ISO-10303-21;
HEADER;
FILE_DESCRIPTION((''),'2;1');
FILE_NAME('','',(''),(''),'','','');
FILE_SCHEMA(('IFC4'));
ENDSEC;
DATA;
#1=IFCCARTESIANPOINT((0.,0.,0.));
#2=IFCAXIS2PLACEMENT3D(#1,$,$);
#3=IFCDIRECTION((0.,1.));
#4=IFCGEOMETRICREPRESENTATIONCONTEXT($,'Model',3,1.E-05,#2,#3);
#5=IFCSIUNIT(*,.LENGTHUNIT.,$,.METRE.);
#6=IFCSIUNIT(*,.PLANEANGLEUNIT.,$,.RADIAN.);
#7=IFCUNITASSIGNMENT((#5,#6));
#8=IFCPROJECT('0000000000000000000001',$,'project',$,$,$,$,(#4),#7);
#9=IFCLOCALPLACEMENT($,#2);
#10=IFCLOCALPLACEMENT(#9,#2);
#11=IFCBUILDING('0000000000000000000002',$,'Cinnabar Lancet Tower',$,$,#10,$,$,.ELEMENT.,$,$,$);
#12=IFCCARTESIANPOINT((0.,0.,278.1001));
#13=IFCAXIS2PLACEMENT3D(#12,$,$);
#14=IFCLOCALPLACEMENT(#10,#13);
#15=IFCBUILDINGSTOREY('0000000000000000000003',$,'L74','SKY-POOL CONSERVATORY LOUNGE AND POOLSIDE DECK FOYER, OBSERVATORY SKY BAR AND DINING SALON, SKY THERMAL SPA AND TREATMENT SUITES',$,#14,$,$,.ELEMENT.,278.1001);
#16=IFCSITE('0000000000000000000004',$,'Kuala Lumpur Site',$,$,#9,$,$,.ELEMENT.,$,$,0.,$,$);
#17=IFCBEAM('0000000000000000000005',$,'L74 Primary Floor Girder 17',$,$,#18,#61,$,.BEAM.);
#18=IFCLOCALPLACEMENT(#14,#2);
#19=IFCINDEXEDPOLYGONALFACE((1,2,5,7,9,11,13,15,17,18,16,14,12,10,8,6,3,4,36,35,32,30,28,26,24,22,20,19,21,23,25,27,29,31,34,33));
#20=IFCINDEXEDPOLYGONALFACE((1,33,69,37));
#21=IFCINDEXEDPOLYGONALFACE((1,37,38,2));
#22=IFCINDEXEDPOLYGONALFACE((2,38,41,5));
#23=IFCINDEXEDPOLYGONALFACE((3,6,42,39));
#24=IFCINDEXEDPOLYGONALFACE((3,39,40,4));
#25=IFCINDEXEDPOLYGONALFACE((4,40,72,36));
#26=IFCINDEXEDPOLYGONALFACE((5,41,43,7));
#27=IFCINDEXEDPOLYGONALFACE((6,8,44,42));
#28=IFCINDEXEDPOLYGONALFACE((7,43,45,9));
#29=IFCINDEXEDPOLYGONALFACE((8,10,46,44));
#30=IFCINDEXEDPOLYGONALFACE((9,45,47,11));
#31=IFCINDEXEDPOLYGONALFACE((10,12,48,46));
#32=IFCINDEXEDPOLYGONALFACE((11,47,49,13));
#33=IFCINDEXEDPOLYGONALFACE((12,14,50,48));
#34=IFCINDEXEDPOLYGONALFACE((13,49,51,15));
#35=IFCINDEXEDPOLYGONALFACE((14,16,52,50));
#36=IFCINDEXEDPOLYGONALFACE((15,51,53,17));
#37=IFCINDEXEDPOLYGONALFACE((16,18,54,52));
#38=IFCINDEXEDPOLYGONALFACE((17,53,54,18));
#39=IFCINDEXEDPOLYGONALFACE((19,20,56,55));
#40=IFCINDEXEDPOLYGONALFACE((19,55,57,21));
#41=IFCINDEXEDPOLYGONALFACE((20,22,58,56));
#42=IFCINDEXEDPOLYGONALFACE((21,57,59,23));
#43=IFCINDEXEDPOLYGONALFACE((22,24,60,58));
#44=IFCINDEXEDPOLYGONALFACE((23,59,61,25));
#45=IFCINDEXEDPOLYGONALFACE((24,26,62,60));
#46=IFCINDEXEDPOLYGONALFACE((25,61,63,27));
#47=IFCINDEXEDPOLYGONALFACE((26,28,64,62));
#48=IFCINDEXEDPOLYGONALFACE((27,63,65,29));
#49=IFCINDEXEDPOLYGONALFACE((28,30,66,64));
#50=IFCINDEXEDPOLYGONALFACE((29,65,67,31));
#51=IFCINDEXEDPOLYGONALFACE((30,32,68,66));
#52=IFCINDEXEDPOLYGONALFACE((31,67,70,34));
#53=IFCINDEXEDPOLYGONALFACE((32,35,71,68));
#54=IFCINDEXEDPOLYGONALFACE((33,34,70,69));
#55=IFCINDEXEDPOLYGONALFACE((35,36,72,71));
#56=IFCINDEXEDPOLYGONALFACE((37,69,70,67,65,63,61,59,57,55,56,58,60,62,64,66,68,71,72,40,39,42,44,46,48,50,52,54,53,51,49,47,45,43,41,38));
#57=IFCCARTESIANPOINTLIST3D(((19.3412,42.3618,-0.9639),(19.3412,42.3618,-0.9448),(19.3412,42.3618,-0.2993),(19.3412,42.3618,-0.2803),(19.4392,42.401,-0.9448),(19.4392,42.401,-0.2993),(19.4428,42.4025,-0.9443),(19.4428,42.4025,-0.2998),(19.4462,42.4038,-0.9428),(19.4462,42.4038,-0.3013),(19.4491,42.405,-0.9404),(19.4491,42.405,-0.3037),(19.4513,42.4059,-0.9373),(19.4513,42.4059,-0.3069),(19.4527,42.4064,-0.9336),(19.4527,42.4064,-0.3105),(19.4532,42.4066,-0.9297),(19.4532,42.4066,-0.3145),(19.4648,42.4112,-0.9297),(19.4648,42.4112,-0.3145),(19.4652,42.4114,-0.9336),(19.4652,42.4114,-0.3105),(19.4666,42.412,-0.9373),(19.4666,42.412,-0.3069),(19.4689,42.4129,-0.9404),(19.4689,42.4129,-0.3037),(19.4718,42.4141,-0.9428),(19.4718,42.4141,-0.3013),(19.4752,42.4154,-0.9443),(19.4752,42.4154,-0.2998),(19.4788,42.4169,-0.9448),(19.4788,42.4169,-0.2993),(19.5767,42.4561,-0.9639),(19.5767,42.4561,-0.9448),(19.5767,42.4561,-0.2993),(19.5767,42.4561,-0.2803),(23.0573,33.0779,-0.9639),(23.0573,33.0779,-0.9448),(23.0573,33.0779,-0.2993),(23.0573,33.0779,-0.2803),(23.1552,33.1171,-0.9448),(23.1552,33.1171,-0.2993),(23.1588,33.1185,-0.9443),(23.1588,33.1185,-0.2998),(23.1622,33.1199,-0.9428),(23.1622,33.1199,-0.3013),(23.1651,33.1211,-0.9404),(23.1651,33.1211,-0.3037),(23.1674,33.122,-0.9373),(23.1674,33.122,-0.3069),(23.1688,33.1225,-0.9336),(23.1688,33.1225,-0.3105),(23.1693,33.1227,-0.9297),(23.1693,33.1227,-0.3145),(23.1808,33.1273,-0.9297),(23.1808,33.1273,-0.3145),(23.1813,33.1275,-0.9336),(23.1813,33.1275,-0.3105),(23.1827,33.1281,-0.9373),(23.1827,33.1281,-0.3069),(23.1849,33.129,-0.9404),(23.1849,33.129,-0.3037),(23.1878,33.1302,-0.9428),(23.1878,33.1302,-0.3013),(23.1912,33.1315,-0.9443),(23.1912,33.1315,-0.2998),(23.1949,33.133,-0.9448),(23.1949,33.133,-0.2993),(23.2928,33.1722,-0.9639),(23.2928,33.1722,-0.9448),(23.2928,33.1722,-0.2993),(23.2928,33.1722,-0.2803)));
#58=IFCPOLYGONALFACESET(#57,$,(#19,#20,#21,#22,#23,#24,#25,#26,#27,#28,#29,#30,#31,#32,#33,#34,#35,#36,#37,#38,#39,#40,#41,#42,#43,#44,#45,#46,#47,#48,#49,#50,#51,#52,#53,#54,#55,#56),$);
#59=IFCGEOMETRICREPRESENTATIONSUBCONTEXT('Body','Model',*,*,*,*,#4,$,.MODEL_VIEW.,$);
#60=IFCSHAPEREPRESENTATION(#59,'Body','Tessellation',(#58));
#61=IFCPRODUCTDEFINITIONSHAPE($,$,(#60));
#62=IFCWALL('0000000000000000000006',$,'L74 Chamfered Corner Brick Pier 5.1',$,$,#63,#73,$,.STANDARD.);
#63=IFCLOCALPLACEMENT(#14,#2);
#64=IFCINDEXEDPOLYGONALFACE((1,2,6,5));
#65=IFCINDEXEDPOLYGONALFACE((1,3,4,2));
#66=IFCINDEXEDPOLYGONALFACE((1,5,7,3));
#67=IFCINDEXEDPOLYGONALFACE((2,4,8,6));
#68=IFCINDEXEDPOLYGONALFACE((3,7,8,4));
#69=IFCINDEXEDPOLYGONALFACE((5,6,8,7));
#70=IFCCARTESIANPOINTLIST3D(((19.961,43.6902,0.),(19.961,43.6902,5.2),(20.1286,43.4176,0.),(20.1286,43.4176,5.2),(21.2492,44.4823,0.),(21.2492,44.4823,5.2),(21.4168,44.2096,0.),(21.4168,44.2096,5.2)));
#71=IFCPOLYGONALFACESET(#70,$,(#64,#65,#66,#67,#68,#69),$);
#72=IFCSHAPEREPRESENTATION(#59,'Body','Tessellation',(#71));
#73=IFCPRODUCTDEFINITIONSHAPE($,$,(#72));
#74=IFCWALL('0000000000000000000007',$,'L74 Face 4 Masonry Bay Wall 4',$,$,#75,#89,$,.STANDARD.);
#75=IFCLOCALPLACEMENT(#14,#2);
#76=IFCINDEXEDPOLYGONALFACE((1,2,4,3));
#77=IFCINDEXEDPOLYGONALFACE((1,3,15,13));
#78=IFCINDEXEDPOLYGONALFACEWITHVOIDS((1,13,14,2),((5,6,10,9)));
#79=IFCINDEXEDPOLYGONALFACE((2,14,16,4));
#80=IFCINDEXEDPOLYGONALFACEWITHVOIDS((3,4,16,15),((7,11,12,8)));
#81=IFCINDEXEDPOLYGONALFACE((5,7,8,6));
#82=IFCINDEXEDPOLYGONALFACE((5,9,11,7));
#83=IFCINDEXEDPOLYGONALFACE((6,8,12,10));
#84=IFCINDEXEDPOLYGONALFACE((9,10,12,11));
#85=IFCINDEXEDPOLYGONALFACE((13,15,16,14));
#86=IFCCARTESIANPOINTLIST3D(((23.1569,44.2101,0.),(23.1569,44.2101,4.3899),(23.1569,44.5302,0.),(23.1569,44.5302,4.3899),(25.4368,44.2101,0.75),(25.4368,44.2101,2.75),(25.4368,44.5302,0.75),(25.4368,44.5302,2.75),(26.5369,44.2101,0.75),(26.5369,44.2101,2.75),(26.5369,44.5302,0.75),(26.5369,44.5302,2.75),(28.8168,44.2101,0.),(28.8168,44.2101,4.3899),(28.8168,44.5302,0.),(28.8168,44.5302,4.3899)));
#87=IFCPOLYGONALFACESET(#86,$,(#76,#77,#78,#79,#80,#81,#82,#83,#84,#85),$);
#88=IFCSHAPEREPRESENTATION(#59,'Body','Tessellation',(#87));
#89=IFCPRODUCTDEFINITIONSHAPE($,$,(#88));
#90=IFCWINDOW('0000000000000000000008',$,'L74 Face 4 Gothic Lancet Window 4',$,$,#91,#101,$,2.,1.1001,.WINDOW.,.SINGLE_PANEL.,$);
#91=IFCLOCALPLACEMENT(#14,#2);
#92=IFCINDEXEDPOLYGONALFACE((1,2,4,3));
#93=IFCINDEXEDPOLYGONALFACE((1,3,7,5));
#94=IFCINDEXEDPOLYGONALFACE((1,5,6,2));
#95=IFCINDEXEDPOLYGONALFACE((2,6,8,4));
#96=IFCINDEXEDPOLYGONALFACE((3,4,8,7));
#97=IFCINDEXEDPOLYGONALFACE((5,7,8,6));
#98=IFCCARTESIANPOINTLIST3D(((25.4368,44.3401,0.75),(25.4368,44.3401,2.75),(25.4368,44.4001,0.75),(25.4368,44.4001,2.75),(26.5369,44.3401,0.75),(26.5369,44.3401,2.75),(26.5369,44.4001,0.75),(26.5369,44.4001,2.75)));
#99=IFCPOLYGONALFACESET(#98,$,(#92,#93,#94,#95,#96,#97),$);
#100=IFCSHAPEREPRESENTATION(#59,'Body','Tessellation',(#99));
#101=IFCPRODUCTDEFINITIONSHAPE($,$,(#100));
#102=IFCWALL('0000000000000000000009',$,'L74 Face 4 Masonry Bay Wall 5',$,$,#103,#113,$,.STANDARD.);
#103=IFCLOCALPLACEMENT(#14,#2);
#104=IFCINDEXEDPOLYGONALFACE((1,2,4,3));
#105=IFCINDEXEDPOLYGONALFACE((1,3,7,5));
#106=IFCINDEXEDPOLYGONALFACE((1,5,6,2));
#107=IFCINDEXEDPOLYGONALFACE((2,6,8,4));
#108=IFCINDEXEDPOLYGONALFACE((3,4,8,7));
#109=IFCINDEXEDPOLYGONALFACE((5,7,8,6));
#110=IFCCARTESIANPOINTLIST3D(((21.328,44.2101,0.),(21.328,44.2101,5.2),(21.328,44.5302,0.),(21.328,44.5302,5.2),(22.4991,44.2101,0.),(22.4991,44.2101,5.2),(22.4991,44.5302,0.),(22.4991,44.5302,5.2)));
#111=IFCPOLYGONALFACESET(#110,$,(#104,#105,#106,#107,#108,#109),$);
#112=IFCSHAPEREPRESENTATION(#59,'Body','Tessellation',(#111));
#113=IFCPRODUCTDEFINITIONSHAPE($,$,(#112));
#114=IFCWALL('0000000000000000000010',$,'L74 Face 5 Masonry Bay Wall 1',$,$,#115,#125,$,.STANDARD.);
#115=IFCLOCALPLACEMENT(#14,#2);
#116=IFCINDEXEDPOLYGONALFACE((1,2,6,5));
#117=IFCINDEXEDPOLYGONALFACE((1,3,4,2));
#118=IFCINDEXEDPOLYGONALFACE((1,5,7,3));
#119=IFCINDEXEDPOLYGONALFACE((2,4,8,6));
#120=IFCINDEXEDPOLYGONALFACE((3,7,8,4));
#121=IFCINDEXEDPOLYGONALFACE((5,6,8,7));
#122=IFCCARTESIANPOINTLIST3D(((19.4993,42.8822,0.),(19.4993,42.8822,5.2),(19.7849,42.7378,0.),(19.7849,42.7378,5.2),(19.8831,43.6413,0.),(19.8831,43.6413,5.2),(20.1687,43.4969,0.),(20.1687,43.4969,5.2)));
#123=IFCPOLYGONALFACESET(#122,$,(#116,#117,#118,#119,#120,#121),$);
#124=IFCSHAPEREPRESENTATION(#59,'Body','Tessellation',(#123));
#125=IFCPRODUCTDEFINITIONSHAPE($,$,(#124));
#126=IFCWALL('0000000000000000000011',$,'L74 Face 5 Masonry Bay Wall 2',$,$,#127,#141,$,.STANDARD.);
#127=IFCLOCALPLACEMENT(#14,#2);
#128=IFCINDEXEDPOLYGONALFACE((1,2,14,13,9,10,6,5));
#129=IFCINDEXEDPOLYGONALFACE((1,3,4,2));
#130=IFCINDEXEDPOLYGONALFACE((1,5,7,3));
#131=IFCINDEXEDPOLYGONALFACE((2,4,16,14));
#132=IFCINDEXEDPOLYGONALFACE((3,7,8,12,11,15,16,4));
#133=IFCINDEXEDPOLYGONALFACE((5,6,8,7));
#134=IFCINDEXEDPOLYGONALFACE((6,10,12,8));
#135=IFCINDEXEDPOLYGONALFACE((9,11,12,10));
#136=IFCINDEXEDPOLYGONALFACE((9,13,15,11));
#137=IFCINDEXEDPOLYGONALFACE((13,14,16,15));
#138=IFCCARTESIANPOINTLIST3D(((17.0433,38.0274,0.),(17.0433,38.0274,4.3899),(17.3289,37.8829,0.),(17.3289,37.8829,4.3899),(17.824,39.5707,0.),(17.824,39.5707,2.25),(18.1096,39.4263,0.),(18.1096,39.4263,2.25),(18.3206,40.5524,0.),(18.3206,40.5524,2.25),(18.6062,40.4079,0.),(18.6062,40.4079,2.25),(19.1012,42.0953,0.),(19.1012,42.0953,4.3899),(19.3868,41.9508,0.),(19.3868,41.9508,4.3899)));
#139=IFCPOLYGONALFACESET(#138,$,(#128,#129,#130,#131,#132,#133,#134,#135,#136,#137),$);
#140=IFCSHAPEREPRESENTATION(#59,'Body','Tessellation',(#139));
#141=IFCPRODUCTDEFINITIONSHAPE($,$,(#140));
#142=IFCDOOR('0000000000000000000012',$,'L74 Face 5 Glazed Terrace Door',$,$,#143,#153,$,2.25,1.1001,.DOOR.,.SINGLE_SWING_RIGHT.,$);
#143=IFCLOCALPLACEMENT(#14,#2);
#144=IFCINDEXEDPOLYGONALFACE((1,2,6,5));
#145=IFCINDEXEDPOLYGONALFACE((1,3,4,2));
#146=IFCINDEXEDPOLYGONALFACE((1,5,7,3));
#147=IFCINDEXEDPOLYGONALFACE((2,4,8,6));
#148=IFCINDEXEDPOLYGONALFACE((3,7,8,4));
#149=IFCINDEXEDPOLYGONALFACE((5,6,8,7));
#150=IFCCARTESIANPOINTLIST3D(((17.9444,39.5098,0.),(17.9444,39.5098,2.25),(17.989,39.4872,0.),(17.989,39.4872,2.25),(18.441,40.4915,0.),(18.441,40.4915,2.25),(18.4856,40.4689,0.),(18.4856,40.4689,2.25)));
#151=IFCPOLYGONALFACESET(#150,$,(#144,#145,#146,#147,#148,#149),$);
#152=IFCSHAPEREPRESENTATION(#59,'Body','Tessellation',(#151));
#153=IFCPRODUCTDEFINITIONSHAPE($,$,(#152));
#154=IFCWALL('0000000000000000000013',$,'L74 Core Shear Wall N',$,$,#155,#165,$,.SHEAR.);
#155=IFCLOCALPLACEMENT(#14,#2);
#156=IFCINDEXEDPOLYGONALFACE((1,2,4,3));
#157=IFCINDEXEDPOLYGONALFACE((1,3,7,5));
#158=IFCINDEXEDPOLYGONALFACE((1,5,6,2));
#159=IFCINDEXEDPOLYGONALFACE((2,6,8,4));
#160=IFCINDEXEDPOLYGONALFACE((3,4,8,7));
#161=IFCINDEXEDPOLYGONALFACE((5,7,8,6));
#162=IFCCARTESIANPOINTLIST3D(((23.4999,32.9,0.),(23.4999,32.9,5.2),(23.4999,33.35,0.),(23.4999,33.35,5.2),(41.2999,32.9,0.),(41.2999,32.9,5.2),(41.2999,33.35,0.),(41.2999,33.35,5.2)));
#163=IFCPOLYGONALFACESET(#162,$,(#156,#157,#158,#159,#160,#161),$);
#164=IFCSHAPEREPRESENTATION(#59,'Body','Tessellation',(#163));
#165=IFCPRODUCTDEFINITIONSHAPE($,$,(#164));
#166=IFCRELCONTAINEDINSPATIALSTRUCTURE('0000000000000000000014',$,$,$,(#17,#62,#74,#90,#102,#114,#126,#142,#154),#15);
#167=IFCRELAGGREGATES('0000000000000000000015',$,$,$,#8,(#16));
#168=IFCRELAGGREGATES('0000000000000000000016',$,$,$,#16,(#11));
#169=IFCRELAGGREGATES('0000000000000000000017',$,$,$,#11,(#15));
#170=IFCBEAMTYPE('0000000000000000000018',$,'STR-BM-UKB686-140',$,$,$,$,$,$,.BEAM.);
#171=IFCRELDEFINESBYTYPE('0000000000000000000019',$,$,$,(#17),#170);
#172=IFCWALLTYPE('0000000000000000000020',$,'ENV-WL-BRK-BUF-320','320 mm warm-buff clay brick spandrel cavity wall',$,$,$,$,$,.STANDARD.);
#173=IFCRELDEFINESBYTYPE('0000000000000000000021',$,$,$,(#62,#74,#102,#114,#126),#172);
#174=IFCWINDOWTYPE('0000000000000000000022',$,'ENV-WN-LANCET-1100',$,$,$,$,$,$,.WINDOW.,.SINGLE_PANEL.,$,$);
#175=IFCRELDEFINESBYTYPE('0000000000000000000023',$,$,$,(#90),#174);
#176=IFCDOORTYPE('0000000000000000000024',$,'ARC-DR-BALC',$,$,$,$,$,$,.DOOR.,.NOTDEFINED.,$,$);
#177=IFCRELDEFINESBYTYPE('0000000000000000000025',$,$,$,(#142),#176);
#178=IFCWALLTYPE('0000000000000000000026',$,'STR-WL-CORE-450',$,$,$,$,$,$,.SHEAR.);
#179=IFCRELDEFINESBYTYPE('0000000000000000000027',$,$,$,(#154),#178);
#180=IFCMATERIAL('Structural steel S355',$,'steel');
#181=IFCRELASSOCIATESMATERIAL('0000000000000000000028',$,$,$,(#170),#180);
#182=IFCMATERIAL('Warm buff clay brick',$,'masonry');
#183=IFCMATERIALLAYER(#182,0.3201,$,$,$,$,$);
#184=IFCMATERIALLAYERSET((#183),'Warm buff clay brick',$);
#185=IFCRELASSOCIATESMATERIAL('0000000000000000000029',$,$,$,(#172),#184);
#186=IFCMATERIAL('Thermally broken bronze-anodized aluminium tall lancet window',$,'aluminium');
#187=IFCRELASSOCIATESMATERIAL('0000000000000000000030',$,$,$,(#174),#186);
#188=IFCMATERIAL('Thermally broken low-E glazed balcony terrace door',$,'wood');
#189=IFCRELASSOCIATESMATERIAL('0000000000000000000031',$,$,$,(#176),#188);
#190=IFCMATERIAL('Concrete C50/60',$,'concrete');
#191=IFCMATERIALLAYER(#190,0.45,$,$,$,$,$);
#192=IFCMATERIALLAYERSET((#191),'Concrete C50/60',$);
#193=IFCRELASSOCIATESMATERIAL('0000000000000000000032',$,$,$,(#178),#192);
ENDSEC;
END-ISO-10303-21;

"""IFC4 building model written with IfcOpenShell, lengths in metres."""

from ifc_helpers import new_model, si_unit, direction, frame, frame_2d, origin, origin_2d, place, context, subcontext, project, spatial, rectangle, i_section, extrude, material, layer, layer_set, material_profile, profile_set, type_object, element, fill, save


model = new_model("IFC4")

# Units and contexts
model_context = context("Model", 3, precision=1e-05, world=origin(), true_north=direction((0.0, 1.0)))
body_context = subcontext(model_context, "Body", "Model", "MODEL_VIEW")
ifc_project = project(units=[si_unit("LENGTHUNIT", "METRE"), si_unit("PLANEANGLEUNIT", "RADIAN")], contexts=[model_context])

# Site, building, storey
site_placement = place(None, origin())
site = spatial("IfcSite", under=ifc_project, at=site_placement, Name="Kuala Lumpur Site", CompositionType="ELEMENT", RefElevation=0.0)
building_placement = place(site_placement, origin())
building = spatial("IfcBuilding", under=site, at=building_placement, Name="Cinnabar Lancet Tower", CompositionType="ELEMENT")
storey_placement = place(building_placement, frame((0.0, 0.0, 278.1001)))
storey = spatial("IfcBuildingStorey", under=building, at=storey_placement, Name="L74", Description="SKY-POOL CONSERVATORY LOUNGE AND POOLSIDE DECK FOYER, OBSERVATORY SKY BAR AND DINING SALON, SKY THERMAL SPA AND TREATMENT SUITES", CompositionType="ELEMENT", Elevation=278.1001)

# Beam
ifc_material_1 = material(Name="Structural steel S355", Category="steel")
ifc_material_profile_1 = material_profile(ifc_material_1, i_section(OverallWidth=0.2537, OverallDepth=0.6836, WebThickness=0.0125, FlangeThickness=0.019, FilletRadius=0.0151, at=origin_2d()), Name="UKB 686x254x140")
ifc_profile_set_1 = profile_set([ifc_material_profile_1], Name="Structural steel S355")
beam_type_1 = type_object("IfcBeamType", Name="STR-BM-UKB686-140", PredefinedType="BEAM", material=ifc_profile_set_1)
beam_1_placement = place(storey_placement, frame((19.459, 42.4089, -0.6221), z_axis=(0.371605, -0.928391, 0.0), x_axis=(0.928391, 0.371605, 0.0)))
element("IfcBeam", 1, at=beam_1_placement, inside=storey, type_object=beam_type_1, Name="L74 Primary Floor Girder 17", PredefinedType="BEAM", context=body_context, shape_type="SweptSolid", body=[
    extrude(i_section(OverallWidth=0.2537, OverallDepth=0.6836, WebThickness=0.0125, FlangeThickness=0.019, FilletRadius=0.0151, at=origin_2d()), origin(), (0.0, 0.0, 1.0), 10.0),
])

# Wall
ifc_material_2 = material(Name="Warm buff clay brick", Category="masonry")
ifc_layer_1 = layer(ifc_material_2, 0.3201)
ifc_layer_set_1 = layer_set([ifc_layer_1], Name="Warm buff clay brick")
wall_type_1 = type_object("IfcWallType", Name="ENV-WL-BRK-BUF-320", Description="320 mm warm-buff clay brick spandrel cavity wall", PredefinedType="STANDARD", material=ifc_layer_set_1)
wall_1_placement = place(storey_placement, frame((21.333, 44.3459, 0.0), z_axis=(0.0, 0.0, 1.0), x_axis=(-0.851858, -0.523773, 0.0)))
element("IfcWall", 2, at=wall_1_placement, inside=storey, type_object=wall_type_1, Name="L74 Chamfered Corner Brick Pier 5.1", PredefinedType="STANDARD", context=body_context, shape_type="SweptSolid", body=[
    extrude(rectangle(XDim=1.5122, YDim=0.3201, at=frame_2d((0.7561, 0.0))), origin(), (0.0, 0.0, 1.0), 5.2),
])

# Wall, opening, window
wall_2_placement = place(storey_placement, frame((28.8169, 44.3701, 0.0), z_axis=(0.0, 0.0, 1.0), x_axis=(-1.0, 0.0, 0.0)))
wall_2 = element("IfcWall", 3, at=wall_2_placement, inside=storey, type_object=wall_type_1, Name="L74 Face 4 Masonry Bay Wall 4", PredefinedType="STANDARD", context=body_context, shape_type="SweptSolid", body=[
    extrude(rectangle(XDim=5.6599, YDim=0.3201, at=frame_2d((2.8301, 0.0))), origin(), (0.0, 0.0, 1.0), 4.3899),
])
opening_1_placement = place(wall_2_placement, frame((2.28, 0.0, 0.75)))
opening_1 = element("IfcOpeningElement", 4, at=opening_1_placement, cuts=wall_2, PredefinedType="OPENING", context=body_context, shape_type="SweptSolid", body=[
    extrude(rectangle(XDim=1.1001, YDim=2.0, at=frame_2d((0.55, 1.0))), frame((0.0, 0.1699, 0.0), z_axis=(0.0, -1.0, 0.0), x_axis=(1.0, 0.0, 0.0)), (0.0, 0.0, 1.0), 0.3401),
])
ifc_material_3 = material(Name="Thermally broken bronze-anodized aluminium tall lancet window", Category="aluminium")
window_type = type_object("IfcWindowType", Name="ENV-WN-LANCET-1100", PartitioningType="SINGLE_PANEL", PredefinedType="WINDOW", material=ifc_material_3)
window_placement = place(opening_1_placement, origin())
window = element("IfcWindow", 5, at=window_placement, inside=storey, type_object=window_type, Name="L74 Face 4 Gothic Lancet Window 4", OverallHeight=2.0, OverallWidth=1.1001, PartitioningType="SINGLE_PANEL", PredefinedType="WINDOW", context=body_context, shape_type="SweptSolid", body=[
    extrude(rectangle(XDim=1.1001, YDim=2.0, at=frame_2d((0.55, 1.0))), frame((0.0, 0.03, 0.0), z_axis=(0.0, -1.0, 0.0), x_axis=(1.0, 0.0, 0.0)), (0.0, 0.0, 1.0), 0.0601),
])
fill(opening_1, window)

# Walls
wall_3_placement = place(storey_placement, frame((22.499, 44.3701, 0.0), z_axis=(0.0, 0.0, 1.0), x_axis=(-1.0, 0.0, 0.0)))
element("IfcWall", 6, at=wall_3_placement, inside=storey, type_object=wall_type_1, Name="L74 Face 4 Masonry Bay Wall 5", PredefinedType="STANDARD", context=body_context, shape_type="SweptSolid", body=[
    extrude(rectangle(XDim=1.1711, YDim=0.3201, at=frame_2d((0.5854, 0.0))), origin(), (0.0, 0.0, 1.0), 5.2),
])
wall_4_placement = place(storey_placement, frame((20.0259, 43.5691, 0.0), z_axis=(0.0, 0.0, 1.0), x_axis=(-0.451228, -0.892409, 0.0)))
element("IfcWall", 7, at=wall_4_placement, inside=storey, type_object=wall_type_1, Name="L74 Face 5 Masonry Bay Wall 1", PredefinedType="STANDARD", context=body_context, shape_type="SweptSolid", body=[
    extrude(rectangle(XDim=0.8506, YDim=0.3201, at=frame_2d((0.4253, 0.0))), origin(), (0.0, 0.0, 1.0), 5.2),
])

# Wall, opening, door
wall_5_placement = place(storey_placement, frame((19.2439, 42.0229, 0.0), z_axis=(0.0, 0.0, 1.0), x_axis=(-0.451407, -0.892318, 0.0)))
wall_5 = element("IfcWall", 8, at=wall_5_placement, inside=storey, type_object=wall_type_1, Name="L74 Face 5 Masonry Bay Wall 2", PredefinedType="STANDARD", context=body_context, shape_type="SweptSolid", body=[
    extrude(rectangle(XDim=4.5588, YDim=0.3201, at=frame_2d((2.2793, 0.0))), origin(), (0.0, 0.0, 1.0), 4.3899),
])
opening_2_placement = place(wall_5_placement, frame((1.729, 0.0, 0.0)))
opening_2 = element("IfcOpeningElement", 9, at=opening_2_placement, cuts=wall_5, PredefinedType="OPENING", context=body_context, shape_type="SweptSolid", body=[
    extrude(rectangle(XDim=1.1001, YDim=2.25, at=frame_2d((0.55, 1.125))), frame((0.0, 0.1699, 0.0), z_axis=(0.0, -1.0, 0.0), x_axis=(1.0, 0.0, 0.0)), (0.0, 0.0, 1.0), 0.3401),
])
ifc_material_4 = material(Name="Thermally broken low-E glazed balcony terrace door", Category="wood")
door_type = type_object("IfcDoorType", Name="ARC-DR-BALC", OperationType="NOTDEFINED", PredefinedType="DOOR", material=ifc_material_4)
door_placement = place(opening_2_placement, origin())
door = element("IfcDoor", 10, at=door_placement, inside=storey, type_object=door_type, Name="L74 Face 5 Glazed Terrace Door", OperationType="SINGLE_SWING_RIGHT", OverallHeight=2.25, OverallWidth=1.1001, PredefinedType="DOOR", context=body_context, shape_type="SweptSolid", body=[
    extrude(rectangle(XDim=1.1001, YDim=2.25, at=frame_2d((0.55, 1.125))), frame((0.0, 0.0249, 0.0), z_axis=(0.0, -1.0, 0.0), x_axis=(1.0, 0.0, 0.0)), (0.0, 0.0, 1.0), 0.05),
])
fill(opening_2, door)

# Wall
ifc_material_5 = material(Name="Concrete C50/60", Category="concrete")
ifc_layer_2 = layer(ifc_material_5, 0.45)
ifc_layer_set_2 = layer_set([ifc_layer_2], Name="Concrete C50/60")
wall_type_2 = type_object("IfcWallType", Name="STR-WL-CORE-450", PredefinedType="SHEAR", material=ifc_layer_set_2)
wall_6_placement = place(storey_placement, frame((23.5, 33.125, 0.0), z_axis=(0.0, 0.0, 1.0), x_axis=(1.0, 0.0, 0.0)))
element("IfcWall", 11, at=wall_6_placement, inside=storey, type_object=wall_type_2, Name="L74 Core Shear Wall N", PredefinedType="SHEAR", context=body_context, shape_type="SweptSolid", body=[
    extrude(rectangle(XDim=17.8, YDim=0.45, at=frame_2d((8.8999, 0.0))), origin(), (0.0, 0.0, 1.0), 5.2),
])

save(model, "model.ifc")
